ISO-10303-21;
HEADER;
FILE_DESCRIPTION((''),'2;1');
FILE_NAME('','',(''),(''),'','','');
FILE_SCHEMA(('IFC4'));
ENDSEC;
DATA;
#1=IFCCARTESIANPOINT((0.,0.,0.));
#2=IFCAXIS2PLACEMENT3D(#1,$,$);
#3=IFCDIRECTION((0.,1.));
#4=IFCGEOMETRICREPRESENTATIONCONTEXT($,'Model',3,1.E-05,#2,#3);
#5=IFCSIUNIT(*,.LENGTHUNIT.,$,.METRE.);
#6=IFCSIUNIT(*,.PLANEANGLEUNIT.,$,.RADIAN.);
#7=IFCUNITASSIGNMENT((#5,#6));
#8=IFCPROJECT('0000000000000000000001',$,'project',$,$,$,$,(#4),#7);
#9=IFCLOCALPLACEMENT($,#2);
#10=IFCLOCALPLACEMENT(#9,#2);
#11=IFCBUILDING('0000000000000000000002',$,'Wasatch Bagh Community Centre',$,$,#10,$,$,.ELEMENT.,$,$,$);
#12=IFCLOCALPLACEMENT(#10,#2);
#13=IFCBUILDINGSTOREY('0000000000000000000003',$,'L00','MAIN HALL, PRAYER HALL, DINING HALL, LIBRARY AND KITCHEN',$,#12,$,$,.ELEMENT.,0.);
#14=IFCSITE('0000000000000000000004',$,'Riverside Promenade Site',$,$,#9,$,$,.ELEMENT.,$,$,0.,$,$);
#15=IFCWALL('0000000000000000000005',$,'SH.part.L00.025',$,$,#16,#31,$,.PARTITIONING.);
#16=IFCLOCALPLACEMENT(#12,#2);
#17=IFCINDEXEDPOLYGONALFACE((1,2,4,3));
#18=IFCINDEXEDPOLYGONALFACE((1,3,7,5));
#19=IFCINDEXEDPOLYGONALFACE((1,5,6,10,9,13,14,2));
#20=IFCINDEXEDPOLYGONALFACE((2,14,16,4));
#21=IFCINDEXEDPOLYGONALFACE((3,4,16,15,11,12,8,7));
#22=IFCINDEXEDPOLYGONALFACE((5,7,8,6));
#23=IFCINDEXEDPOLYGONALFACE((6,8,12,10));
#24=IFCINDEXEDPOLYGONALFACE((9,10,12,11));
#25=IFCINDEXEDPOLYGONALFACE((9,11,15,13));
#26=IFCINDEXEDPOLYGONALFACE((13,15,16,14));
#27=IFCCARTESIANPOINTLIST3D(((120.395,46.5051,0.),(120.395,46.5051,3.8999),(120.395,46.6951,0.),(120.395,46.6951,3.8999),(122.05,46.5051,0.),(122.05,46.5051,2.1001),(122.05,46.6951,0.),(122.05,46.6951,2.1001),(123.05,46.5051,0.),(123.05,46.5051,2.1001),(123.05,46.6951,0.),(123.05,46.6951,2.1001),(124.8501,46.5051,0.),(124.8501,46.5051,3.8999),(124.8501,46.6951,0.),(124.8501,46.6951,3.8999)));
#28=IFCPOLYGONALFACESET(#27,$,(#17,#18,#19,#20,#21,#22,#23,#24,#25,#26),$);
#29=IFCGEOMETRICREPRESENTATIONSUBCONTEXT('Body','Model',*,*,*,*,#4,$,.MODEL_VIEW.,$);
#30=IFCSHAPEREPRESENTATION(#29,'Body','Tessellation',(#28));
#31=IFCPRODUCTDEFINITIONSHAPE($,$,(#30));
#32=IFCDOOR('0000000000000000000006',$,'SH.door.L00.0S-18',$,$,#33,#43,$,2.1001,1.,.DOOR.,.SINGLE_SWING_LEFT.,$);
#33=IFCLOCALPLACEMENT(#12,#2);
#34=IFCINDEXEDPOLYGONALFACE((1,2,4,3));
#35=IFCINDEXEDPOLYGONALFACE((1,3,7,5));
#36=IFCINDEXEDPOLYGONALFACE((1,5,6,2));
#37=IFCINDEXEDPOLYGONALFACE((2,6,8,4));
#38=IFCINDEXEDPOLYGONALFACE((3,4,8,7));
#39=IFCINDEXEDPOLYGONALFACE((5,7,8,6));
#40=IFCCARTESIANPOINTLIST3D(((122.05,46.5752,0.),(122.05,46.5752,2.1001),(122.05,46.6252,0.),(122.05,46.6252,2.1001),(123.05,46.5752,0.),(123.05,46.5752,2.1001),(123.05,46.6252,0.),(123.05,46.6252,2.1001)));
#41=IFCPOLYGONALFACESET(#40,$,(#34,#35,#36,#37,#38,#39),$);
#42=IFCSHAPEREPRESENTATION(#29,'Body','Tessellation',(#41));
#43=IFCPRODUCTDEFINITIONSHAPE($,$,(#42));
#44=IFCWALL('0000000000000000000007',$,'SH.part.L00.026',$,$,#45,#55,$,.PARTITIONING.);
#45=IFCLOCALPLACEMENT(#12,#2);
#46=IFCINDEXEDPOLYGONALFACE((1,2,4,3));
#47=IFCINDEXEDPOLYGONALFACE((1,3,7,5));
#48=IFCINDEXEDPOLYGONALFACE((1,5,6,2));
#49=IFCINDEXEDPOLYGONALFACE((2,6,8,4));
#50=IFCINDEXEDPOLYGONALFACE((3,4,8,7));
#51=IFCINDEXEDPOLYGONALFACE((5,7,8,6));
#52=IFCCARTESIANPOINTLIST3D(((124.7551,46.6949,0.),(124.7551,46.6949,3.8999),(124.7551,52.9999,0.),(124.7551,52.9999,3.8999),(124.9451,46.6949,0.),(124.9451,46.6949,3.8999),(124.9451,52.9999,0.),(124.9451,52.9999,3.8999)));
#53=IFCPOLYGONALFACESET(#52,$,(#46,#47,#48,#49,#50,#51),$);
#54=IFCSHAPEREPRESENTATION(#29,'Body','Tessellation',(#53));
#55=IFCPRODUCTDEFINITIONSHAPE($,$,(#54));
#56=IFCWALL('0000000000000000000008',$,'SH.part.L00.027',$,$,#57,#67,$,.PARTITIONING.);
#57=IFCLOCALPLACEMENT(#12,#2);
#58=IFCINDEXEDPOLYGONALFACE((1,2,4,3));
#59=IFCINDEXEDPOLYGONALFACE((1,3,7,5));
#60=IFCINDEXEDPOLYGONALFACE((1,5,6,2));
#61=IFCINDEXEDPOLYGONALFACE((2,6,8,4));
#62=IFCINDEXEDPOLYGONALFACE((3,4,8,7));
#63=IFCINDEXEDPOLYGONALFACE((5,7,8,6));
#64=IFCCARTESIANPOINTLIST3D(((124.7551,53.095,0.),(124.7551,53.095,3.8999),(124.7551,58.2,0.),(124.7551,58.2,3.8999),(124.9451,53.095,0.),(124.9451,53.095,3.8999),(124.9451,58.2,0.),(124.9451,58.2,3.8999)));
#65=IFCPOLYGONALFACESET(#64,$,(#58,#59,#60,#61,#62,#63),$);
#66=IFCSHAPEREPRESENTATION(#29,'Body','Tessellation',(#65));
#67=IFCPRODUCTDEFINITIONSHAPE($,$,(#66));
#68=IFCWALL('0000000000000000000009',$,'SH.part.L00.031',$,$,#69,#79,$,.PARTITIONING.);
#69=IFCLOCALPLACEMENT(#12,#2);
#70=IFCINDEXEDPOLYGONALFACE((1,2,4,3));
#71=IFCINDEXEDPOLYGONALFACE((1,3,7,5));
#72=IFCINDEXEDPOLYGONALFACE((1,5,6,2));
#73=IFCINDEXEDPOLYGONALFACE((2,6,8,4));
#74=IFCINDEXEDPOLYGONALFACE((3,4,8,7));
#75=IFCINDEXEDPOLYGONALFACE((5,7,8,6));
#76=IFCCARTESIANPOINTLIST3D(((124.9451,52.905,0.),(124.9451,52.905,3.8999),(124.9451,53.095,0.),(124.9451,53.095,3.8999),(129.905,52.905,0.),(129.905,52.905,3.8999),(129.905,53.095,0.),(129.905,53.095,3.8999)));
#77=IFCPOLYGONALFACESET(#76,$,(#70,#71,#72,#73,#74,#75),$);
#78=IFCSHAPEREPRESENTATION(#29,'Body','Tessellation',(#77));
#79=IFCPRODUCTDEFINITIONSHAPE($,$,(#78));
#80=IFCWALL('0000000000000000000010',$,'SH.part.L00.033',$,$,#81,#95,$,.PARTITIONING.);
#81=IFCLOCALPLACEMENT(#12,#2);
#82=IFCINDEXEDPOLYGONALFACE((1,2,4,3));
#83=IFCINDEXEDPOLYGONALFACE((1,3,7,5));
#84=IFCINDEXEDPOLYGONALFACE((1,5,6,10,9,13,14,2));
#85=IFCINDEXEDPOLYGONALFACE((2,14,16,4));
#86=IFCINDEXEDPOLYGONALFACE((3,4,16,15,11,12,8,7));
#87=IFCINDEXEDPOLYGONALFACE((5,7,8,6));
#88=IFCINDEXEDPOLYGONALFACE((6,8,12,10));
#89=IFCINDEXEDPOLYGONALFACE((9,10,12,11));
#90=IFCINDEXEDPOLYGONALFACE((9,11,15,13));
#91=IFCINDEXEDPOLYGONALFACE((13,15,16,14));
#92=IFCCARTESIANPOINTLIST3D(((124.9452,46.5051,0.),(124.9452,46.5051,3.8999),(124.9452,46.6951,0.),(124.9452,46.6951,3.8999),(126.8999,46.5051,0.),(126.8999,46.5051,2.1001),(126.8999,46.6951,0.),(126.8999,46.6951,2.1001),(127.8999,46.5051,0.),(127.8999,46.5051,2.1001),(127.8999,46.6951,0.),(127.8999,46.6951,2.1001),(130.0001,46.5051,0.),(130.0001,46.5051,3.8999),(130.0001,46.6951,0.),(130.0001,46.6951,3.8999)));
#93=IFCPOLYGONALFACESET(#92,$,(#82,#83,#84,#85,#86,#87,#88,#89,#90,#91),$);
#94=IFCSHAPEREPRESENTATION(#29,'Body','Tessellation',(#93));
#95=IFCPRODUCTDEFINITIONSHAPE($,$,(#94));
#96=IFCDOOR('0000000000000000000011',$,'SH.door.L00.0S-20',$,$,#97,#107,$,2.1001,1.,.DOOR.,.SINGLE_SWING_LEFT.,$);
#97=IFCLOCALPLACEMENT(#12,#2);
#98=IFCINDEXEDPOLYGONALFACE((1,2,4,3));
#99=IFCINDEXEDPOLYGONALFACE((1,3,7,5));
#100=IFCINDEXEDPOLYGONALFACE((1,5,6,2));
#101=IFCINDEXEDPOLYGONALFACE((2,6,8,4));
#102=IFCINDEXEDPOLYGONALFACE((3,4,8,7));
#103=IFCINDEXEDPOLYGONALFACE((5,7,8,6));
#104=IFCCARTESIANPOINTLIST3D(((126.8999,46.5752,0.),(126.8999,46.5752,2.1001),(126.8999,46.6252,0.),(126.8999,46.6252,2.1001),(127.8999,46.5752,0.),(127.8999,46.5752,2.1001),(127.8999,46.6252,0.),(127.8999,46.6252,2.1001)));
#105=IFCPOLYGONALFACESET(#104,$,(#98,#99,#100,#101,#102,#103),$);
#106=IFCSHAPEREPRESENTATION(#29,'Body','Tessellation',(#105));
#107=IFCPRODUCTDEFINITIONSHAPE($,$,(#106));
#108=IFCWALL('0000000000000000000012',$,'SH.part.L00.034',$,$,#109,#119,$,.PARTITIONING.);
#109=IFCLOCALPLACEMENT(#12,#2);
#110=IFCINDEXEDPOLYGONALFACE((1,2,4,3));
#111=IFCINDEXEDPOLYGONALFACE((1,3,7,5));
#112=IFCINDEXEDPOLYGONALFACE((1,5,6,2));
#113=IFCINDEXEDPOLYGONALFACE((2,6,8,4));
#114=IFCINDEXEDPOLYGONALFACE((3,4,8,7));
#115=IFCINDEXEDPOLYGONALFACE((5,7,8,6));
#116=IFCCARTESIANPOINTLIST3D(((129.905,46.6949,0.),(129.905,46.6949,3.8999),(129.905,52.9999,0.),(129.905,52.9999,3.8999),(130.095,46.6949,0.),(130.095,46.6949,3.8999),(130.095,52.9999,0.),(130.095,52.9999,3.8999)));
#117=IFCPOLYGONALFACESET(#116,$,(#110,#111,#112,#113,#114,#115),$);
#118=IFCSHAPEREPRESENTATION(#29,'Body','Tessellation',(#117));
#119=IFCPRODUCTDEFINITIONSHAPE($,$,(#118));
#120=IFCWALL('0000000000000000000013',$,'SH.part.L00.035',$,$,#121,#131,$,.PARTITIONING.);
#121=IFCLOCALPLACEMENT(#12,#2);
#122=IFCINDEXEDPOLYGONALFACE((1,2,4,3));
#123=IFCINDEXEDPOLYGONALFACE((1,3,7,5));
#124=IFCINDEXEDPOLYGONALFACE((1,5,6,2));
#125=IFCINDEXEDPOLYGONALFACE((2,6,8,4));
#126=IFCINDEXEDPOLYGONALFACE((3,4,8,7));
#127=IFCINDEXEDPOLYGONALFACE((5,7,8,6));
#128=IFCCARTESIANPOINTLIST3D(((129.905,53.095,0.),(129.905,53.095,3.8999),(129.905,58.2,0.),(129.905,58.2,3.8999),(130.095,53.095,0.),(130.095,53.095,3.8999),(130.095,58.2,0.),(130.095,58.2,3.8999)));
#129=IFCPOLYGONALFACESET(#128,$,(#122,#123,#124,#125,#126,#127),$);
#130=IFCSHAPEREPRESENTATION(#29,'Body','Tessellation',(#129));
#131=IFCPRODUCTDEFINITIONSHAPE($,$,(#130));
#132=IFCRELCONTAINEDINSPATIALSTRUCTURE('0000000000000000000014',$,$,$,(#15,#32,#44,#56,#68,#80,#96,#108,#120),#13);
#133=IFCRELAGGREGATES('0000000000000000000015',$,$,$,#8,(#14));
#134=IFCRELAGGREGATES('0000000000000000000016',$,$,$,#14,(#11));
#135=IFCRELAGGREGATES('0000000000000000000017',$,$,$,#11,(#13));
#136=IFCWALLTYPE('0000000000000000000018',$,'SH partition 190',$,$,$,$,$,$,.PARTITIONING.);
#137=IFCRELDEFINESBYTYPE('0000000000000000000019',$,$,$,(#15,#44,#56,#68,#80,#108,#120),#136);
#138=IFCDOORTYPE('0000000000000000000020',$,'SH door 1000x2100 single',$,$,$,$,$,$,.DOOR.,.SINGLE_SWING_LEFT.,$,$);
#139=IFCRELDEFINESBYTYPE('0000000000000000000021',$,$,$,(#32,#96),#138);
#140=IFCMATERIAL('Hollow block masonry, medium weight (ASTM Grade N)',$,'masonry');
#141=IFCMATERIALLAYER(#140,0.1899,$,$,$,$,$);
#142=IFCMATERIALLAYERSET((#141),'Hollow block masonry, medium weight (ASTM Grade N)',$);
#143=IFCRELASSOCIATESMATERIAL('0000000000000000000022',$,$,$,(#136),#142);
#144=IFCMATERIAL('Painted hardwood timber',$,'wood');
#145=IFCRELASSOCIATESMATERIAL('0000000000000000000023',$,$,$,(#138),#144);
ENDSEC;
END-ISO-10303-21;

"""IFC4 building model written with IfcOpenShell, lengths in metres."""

from ifc_helpers import new_model, si_unit, direction, frame, frame_2d, origin, place, context, subcontext, project, spatial, rectangle, extrude, material, layer, layer_set, type_object, element, fill, save


model = new_model("IFC4")

# Units and contexts
model_context = context("Model", 3, precision=1e-05, world=origin(), true_north=direction((0.0, 1.0)))
body_context = subcontext(model_context, "Body", "Model", "MODEL_VIEW")
ifc_project = project(units=[si_unit("LENGTHUNIT", "METRE"), si_unit("PLANEANGLEUNIT", "RADIAN")], contexts=[model_context])

# Site, building, storey
site_placement = place(None, origin())
site = spatial("IfcSite", under=ifc_project, at=site_placement, Name="Riverside Promenade Site", CompositionType="ELEMENT", RefElevation=0.0)
building_placement = place(site_placement, origin())
building = spatial("IfcBuilding", under=site, at=building_placement, Name="Wasatch Bagh Community Centre", CompositionType="ELEMENT")
storey_placement = place(building_placement, origin())
storey = spatial("IfcBuildingStorey", under=building, at=storey_placement, Name="L00", Description="MAIN HALL, PRAYER HALL, DINING HALL, LIBRARY AND KITCHEN", CompositionType="ELEMENT", Elevation=0.0)

# Shared definitions
ifc_material_1 = material(Name="Hollow block masonry, medium weight (ASTM Grade N)", Category="masonry")
ifc_layer = layer(ifc_material_1, 0.1899)
ifc_layer_set = layer_set([ifc_layer], Name="Hollow block masonry, medium weight (ASTM Grade N)")
wall_type = type_object("IfcWallType", Name="SH partition 190", PredefinedType="PARTITIONING", material=ifc_layer_set)

# Wall, opening, door
wall_1_placement = place(storey_placement, frame((124.8501, 46.6001, 0.0), z_axis=(0.0, 0.0, 1.0), x_axis=(-1.0, 0.0, 0.0)))
wall_1 = element("IfcWall", 1, at=wall_1_placement, inside=storey, type_object=wall_type, Name="SH.part.L00.025", PredefinedType="PARTITIONING", context=body_context, shape_type="SweptSolid", body=[
    extrude(rectangle(XDim=4.4551, YDim=0.1899, at=frame_2d((2.2275, 0.0))), origin(), (0.0, 0.0, 1.0), 3.8999),
])
opening_1_placement = place(wall_1_placement, frame((1.8, 0.0, 0.0)))
opening_1 = element("IfcOpeningElement", 2, at=opening_1_placement, cuts=wall_1, PredefinedType="OPENING", context=body_context, shape_type="SweptSolid", body=[
    extrude(rectangle(XDim=1.0, YDim=2.1001, at=frame_2d((0.5, 1.05))), frame((0.0, 0.105, 0.0), z_axis=(0.0, -1.0, 0.0), x_axis=(1.0, 0.0, 0.0)), (0.0, 0.0, 1.0), 0.21),
])
ifc_material_2 = material(Name="Painted hardwood timber", Category="wood")
door_type = type_object("IfcDoorType", Name="SH door 1000x2100 single", OperationType="SINGLE_SWING_LEFT", PredefinedType="DOOR", material=ifc_material_2)
door_1_placement = place(opening_1_placement, origin())
door_1 = element("IfcDoor", 3, at=door_1_placement, inside=storey, type_object=door_type, Name="SH.door.L00.0S-18", OperationType="SINGLE_SWING_LEFT", OverallHeight=2.1001, OverallWidth=1.0, PredefinedType="DOOR", context=body_context, shape_type="SweptSolid", body=[
    extrude(rectangle(XDim=1.0, YDim=2.1001, at=frame_2d((0.5, 1.05))), frame((0.0, 0.0249, 0.0), z_axis=(0.0, -1.0, 0.0), x_axis=(1.0, 0.0, 0.0)), (0.0, 0.0, 1.0), 0.05),
])
fill(opening_1, door_1)

# Walls
wall_2_placement = place(storey_placement, frame((124.8501, 46.6951, 0.0), z_axis=(0.0, 0.0, 1.0), x_axis=(0.0, 1.0, 0.0)))
element("IfcWall", 4, at=wall_2_placement, inside=storey, type_object=wall_type, Name="SH.part.L00.026", PredefinedType="PARTITIONING", context=body_context, shape_type="SweptSolid", body=[
    extrude(rectangle(XDim=6.3049, YDim=0.1899, at=frame_2d((3.1523, 0.0))), origin(), (0.0, 0.0, 1.0), 3.8999),
])
wall_3_placement = place(storey_placement, frame((124.8501, 53.095, 0.0), z_axis=(0.0, 0.0, 1.0), x_axis=(0.0, 1.0, 0.0)))
element("IfcWall", 5, at=wall_3_placement, inside=storey, type_object=wall_type, Name="SH.part.L00.027", PredefinedType="PARTITIONING", context=body_context, shape_type="SweptSolid", body=[
    extrude(rectangle(XDim=5.105, YDim=0.1899, at=frame_2d((2.5525, 0.0))), origin(), (0.0, 0.0, 1.0), 3.8999),
])
wall_4_placement = place(storey_placement, frame((129.905, 53.0, 0.0), z_axis=(0.0, 0.0, 1.0), x_axis=(-1.0, 0.0, 0.0)))
element("IfcWall", 6, at=wall_4_placement, inside=storey, type_object=wall_type, Name="SH.part.L00.031", PredefinedType="PARTITIONING", context=body_context, shape_type="SweptSolid", body=[
    extrude(rectangle(XDim=4.96, YDim=0.1899, at=frame_2d((2.48, 0.0))), origin(), (0.0, 0.0, 1.0), 3.8999),
])

# Wall, opening, door
wall_5_placement = place(storey_placement, frame((130.0, 46.6001, 0.0), z_axis=(0.0, 0.0, 1.0), x_axis=(-1.0, 0.0, 0.0)))
wall_5 = element("IfcWall", 7, at=wall_5_placement, inside=storey, type_object=wall_type, Name="SH.part.L00.033", PredefinedType="PARTITIONING", context=body_context, shape_type="SweptSolid", body=[
    extrude(rectangle(XDim=5.0549, YDim=0.1899, at=frame_2d((2.5273, 0.0))), origin(), (0.0, 0.0, 1.0), 3.8999),
])
opening_2_placement = place(wall_5_placement, frame((2.1001, 0.0, 0.0)))
opening_2 = element("IfcOpeningElement", 8, at=opening_2_placement, cuts=wall_5, PredefinedType="OPENING", context=body_context, shape_type="SweptSolid", body=[
    extrude(rectangle(XDim=1.0, YDim=2.1001, at=frame_2d((0.5, 1.05))), frame((0.0, 0.105, 0.0), z_axis=(0.0, -1.0, 0.0), x_axis=(1.0, 0.0, 0.0)), (0.0, 0.0, 1.0), 0.21),
])
door_2_placement = place(opening_2_placement, origin())
door_2 = element("IfcDoor", 9, at=door_2_placement, inside=storey, type_object=door_type, Name="SH.door.L00.0S-20", OperationType="SINGLE_SWING_LEFT", OverallHeight=2.1001, OverallWidth=1.0, PredefinedType="DOOR", context=body_context, shape_type="SweptSolid", body=[
    extrude(rectangle(XDim=1.0, YDim=2.1001, at=frame_2d((0.5, 1.05))), frame((0.0, 0.0249, 0.0), z_axis=(0.0, -1.0, 0.0), x_axis=(1.0, 0.0, 0.0)), (0.0, 0.0, 1.0), 0.05),
])
fill(opening_2, door_2)

# Walls
wall_6_placement = place(storey_placement, frame((130.0, 46.6951, 0.0), z_axis=(0.0, 0.0, 1.0), x_axis=(0.0, 1.0, 0.0)))
element("IfcWall", 10, at=wall_6_placement, inside=storey, type_object=wall_type, Name="SH.part.L00.034", PredefinedType="PARTITIONING", context=body_context, shape_type="SweptSolid", body=[
    extrude(rectangle(XDim=6.3049, YDim=0.1899, at=frame_2d((3.1523, 0.0))), origin(), (0.0, 0.0, 1.0), 3.8999),
])
wall_7_placement = place(storey_placement, frame((130.0, 53.095, 0.0), z_axis=(0.0, 0.0, 1.0), x_axis=(0.0, 1.0, 0.0)))
element("IfcWall", 11, at=wall_7_placement, inside=storey, type_object=wall_type, Name="SH.part.L00.035", PredefinedType="PARTITIONING", context=body_context, shape_type="SweptSolid", body=[
    extrude(rectangle(XDim=5.105, YDim=0.1899, at=frame_2d((2.5525, 0.0))), origin(), (0.0, 0.0, 1.0), 3.8999),
])

save(model, "model.ifc")
